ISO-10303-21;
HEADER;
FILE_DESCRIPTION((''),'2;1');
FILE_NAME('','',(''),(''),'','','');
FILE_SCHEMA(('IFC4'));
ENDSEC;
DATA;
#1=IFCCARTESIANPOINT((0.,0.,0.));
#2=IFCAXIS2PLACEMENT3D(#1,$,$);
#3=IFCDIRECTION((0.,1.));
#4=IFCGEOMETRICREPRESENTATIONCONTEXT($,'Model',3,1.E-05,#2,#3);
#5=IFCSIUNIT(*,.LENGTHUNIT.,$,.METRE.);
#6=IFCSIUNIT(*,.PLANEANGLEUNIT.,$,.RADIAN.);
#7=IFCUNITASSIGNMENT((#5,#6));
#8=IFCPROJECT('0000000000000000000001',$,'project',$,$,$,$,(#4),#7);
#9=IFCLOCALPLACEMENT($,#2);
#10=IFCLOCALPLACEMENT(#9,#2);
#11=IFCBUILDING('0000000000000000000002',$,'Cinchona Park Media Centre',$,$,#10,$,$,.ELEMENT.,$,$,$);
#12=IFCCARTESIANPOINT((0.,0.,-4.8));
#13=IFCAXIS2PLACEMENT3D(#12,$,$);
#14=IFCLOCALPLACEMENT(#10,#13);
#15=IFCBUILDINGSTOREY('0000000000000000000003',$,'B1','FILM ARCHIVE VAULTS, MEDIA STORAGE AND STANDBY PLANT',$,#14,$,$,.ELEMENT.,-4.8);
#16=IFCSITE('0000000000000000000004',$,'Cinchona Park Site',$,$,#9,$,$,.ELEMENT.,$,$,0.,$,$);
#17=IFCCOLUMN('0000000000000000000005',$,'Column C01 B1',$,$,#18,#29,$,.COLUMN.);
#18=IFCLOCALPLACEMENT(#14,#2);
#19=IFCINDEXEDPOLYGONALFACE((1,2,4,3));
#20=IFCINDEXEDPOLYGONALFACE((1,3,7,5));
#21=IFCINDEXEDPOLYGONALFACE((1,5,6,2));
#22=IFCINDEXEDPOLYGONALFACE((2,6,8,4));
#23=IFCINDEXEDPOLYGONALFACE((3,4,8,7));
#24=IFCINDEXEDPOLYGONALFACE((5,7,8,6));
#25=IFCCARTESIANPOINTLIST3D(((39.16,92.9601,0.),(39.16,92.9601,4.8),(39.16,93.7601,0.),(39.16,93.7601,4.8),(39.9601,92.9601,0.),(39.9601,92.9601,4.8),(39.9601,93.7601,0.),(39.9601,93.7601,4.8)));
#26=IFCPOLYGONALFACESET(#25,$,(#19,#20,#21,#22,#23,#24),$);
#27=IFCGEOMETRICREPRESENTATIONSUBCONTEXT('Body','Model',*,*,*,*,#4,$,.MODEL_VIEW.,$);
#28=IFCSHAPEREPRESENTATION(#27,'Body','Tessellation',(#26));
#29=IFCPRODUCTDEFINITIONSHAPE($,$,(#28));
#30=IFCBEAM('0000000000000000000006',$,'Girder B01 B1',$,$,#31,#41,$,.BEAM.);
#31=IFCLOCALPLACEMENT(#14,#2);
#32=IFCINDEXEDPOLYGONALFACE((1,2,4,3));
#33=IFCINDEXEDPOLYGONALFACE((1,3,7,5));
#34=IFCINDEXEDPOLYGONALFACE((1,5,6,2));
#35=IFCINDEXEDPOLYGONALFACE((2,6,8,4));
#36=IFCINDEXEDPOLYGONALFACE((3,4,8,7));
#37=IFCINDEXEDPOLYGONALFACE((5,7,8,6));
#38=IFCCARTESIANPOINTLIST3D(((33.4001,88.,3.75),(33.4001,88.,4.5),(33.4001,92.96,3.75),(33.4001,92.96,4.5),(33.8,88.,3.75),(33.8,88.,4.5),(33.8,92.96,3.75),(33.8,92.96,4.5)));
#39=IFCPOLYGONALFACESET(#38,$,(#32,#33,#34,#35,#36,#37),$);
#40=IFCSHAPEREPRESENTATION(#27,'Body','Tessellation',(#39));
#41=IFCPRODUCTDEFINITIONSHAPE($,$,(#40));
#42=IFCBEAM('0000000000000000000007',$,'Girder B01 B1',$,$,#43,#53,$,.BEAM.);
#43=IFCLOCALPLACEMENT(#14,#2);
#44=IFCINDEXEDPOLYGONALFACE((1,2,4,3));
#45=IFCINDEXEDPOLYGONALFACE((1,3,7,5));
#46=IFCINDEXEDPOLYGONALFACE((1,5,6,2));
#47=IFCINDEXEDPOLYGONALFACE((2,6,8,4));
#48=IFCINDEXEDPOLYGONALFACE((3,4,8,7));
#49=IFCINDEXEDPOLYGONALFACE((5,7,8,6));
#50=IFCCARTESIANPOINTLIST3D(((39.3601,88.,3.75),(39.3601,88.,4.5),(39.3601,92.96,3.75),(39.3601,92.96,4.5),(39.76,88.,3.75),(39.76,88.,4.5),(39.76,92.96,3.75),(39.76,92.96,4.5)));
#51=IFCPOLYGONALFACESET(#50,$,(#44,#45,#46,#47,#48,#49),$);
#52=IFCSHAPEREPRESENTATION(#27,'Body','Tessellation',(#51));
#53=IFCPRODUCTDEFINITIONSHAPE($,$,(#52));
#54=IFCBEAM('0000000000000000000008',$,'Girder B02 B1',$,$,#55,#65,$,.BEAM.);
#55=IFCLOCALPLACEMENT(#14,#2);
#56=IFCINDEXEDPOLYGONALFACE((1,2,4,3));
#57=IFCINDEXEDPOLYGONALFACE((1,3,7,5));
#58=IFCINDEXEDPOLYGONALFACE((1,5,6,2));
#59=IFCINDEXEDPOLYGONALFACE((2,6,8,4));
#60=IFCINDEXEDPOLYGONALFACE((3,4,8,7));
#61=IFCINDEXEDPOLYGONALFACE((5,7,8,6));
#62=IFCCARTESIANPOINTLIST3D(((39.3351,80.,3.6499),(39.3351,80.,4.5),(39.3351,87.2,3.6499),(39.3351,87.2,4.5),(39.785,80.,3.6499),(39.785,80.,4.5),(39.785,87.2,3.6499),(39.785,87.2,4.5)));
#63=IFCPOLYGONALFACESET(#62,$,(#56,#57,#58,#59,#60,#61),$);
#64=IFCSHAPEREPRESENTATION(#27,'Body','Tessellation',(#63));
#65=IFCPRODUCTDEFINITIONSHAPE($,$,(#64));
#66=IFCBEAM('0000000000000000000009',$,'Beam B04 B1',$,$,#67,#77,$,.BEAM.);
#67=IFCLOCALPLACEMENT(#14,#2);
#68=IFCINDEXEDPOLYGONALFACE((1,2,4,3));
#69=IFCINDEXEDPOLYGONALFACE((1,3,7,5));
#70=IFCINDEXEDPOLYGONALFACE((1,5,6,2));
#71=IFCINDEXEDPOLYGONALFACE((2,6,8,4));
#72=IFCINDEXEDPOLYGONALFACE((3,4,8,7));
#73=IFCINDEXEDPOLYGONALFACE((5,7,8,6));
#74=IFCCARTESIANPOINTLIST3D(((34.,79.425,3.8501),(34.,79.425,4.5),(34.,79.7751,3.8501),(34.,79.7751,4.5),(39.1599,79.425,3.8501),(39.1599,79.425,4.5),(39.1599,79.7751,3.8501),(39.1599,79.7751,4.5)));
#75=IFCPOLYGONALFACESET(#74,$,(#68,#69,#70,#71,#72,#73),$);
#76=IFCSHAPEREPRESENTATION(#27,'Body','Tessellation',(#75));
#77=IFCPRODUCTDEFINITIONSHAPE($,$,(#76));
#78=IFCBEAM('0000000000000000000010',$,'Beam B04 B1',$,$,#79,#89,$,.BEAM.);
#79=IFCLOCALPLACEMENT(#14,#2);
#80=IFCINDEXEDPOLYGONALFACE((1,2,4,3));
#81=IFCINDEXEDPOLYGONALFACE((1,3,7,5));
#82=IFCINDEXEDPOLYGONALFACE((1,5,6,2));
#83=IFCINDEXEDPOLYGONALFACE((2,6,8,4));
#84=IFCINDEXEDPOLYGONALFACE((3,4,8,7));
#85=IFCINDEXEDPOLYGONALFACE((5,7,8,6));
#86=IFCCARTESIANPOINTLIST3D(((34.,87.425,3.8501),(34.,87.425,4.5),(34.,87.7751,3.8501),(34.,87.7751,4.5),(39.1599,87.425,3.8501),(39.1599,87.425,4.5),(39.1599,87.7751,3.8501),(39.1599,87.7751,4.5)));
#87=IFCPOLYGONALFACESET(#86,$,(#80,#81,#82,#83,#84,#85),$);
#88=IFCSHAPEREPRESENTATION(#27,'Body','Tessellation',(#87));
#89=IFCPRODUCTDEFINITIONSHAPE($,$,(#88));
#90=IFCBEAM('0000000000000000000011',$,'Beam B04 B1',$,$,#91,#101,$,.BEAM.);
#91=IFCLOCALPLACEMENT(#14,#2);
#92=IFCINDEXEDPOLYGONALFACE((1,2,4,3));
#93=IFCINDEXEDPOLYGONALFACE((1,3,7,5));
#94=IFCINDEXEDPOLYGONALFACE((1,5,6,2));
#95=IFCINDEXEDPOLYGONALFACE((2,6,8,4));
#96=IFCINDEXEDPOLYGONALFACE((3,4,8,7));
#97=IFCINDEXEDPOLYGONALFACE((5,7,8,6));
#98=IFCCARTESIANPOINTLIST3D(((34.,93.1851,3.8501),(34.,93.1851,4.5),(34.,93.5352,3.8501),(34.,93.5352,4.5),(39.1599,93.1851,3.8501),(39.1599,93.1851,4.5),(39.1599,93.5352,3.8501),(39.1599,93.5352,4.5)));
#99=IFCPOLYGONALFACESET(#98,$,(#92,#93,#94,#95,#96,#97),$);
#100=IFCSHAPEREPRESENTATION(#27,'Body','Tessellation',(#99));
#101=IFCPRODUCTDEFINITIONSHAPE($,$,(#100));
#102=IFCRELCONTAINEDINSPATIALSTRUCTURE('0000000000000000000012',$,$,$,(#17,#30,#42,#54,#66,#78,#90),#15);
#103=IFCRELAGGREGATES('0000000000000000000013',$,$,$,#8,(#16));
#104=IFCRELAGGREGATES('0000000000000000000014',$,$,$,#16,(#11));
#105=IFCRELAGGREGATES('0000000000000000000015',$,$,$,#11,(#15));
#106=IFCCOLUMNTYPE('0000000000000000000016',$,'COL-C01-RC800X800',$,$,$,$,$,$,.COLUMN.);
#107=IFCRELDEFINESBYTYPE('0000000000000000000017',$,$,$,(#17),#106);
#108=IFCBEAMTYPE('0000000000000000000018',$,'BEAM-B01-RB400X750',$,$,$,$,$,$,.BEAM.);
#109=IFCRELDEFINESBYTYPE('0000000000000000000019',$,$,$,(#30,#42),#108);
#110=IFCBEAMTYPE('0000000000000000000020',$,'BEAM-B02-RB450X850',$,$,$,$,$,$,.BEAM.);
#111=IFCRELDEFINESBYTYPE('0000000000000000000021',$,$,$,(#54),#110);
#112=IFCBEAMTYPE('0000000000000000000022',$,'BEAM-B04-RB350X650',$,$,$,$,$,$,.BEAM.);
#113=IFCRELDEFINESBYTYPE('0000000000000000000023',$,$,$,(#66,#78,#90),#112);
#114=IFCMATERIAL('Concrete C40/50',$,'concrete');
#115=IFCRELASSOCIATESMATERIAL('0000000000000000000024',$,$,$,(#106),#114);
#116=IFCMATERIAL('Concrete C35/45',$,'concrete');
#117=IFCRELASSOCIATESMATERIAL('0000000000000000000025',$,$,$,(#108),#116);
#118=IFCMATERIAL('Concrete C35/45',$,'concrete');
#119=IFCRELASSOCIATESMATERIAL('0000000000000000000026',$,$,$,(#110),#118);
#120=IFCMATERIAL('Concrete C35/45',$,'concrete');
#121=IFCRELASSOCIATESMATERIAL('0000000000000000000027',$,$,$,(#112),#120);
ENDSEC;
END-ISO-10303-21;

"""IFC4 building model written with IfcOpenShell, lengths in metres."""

from ifc_helpers import new_model, si_unit, direction, frame, origin, origin_2d, place, context, subcontext, project, spatial, rectangle, extrude, material, material_profile, profile_set, type_object, element, save


model = new_model("IFC4")

# Units and contexts
model_context = context("Model", 3, precision=1e-05, world=origin(), true_north=direction((0.0, 1.0)))
body_context = subcontext(model_context, "Body", "Model", "MODEL_VIEW")
ifc_project = project(units=[si_unit("LENGTHUNIT", "METRE"), si_unit("PLANEANGLEUNIT", "RADIAN")], contexts=[model_context])

# Site, building, storey
site_placement = place(None, origin())
site = spatial("IfcSite", under=ifc_project, at=site_placement, Name="Cinchona Park Site", CompositionType="ELEMENT", RefElevation=0.0)
building_placement = place(site_placement, origin())
building = spatial("IfcBuilding", under=site, at=building_placement, Name="Cinchona Park Media Centre", CompositionType="ELEMENT")
storey_placement = place(building_placement, frame((0.0, 0.0, -4.8)))
storey = spatial("IfcBuildingStorey", under=building, at=storey_placement, Name="B1", Description="FILM ARCHIVE VAULTS, MEDIA STORAGE AND STANDBY PLANT", CompositionType="ELEMENT", Elevation=-4.8)

# Column
ifc_material_1 = material(Name="Concrete C40/50", Category="concrete")
ifc_material_profile_1 = material_profile(ifc_material_1, rectangle(XDim=0.8, YDim=0.8, at=origin_2d()), Name="RC 800X800")
ifc_profile_set_1 = profile_set([ifc_material_profile_1], Name="Concrete C40/50")
column_type = type_object("IfcColumnType", Name="COL-C01-RC800X800", PredefinedType="COLUMN", material=ifc_profile_set_1)
for number, where, z_axis, x_axis, name in (
    (1, (39.5601, 93.3601, 0.0), (0.0, 0.0, 1.0), (1.0, 0.0, 0.0), "Column C01 B1"),
):
    element("IfcColumn", number, at=place(storey_placement, frame(where, z_axis=z_axis, x_axis=x_axis)), inside=storey, type_object=column_type, Name=name, PredefinedType="COLUMN", context=body_context, shape_type="SweptSolid", body=[
        extrude(rectangle(XDim=0.8, YDim=0.8, at=origin_2d()), origin(), (0.0, 0.0, 1.0), 4.8),
    ])

# Beams
ifc_material_2 = material(Name="Concrete C35/45", Category="concrete")
ifc_material_profile_2 = material_profile(ifc_material_2, rectangle(XDim=0.3999, YDim=0.75, at=origin_2d()), Name="RB 400X750")
ifc_profile_set_2 = profile_set([ifc_material_profile_2], Name="Concrete C35/45")
beam_type_1 = type_object("IfcBeamType", Name="BEAM-B01-RB400X750", PredefinedType="BEAM", material=ifc_profile_set_2)
for number, where, z_axis, x_axis, name in (
    (2, (33.6001, 88.0, 4.125), (0.0, 1.0, 0.0), (-1.0, 0.0, 0.0), "Girder B01 B1"),
    (3, (39.5601, 88.0, 4.125), (0.0, 1.0, 0.0), (-1.0, 0.0, 0.0), "Girder B01 B1"),
):
    element("IfcBeam", number, at=place(storey_placement, frame(where, z_axis=z_axis, x_axis=x_axis)), inside=storey, type_object=beam_type_1, Name=name, PredefinedType="BEAM", context=body_context, shape_type="SweptSolid", body=[
        extrude(rectangle(XDim=0.3999, YDim=0.75, at=origin_2d()), origin(), (0.0, 0.0, 1.0), 4.96),
    ])
ifc_material_3 = material(Name="Concrete C35/45", Category="concrete")
ifc_material_profile_3 = material_profile(ifc_material_3, rectangle(XDim=0.45, YDim=0.8501, at=origin_2d()), Name="RB 450X850")
ifc_profile_set_3 = profile_set([ifc_material_profile_3], Name="Concrete C35/45")
beam_type_2 = type_object("IfcBeamType", Name="BEAM-B02-RB450X850", PredefinedType="BEAM", material=ifc_profile_set_3)
beam_placement = place(storey_placement, frame((39.5601, 80.0, 4.075), z_axis=(0.0, 1.0, 0.0), x_axis=(-1.0, 0.0, 0.0)))
element("IfcBeam", 4, at=beam_placement, inside=storey, type_object=beam_type_2, Name="Girder B02 B1", PredefinedType="BEAM", context=body_context, shape_type="SweptSolid", body=[
    extrude(rectangle(XDim=0.45, YDim=0.8501, at=origin_2d()), origin(), (0.0, 0.0, 1.0), 7.2),
])
ifc_material_4 = material(Name="Concrete C35/45", Category="concrete")
ifc_material_profile_4 = material_profile(ifc_material_4, rectangle(XDim=0.3501, YDim=0.6499, at=origin_2d()), Name="RB 350X650")
ifc_profile_set_4 = profile_set([ifc_material_profile_4], Name="Concrete C35/45")
beam_type_3 = type_object("IfcBeamType", Name="BEAM-B04-RB350X650", PredefinedType="BEAM", material=ifc_profile_set_4)
for number, where, z_axis, x_axis, name in (
    (5, (34.0, 79.6001, 4.175), (1.0, 0.0, 0.0), (0.0, 1.0, 0.0), "Beam B04 B1"),
    (6, (34.0, 87.6001, 4.175), (1.0, 0.0, 0.0), (0.0, 1.0, 0.0), "Beam B04 B1"),
    (7, (34.0, 93.3601, 4.175), (1.0, 0.0, 0.0), (0.0, 1.0, 0.0), "Beam B04 B1"),
):
    element("IfcBeam", number, at=place(storey_placement, frame(where, z_axis=z_axis, x_axis=x_axis)), inside=storey, type_object=beam_type_3, Name=name, PredefinedType="BEAM", context=body_context, shape_type="SweptSolid", body=[
        extrude(rectangle(XDim=0.3501, YDim=0.6499, at=origin_2d()), origin(), (0.0, 0.0, 1.0), 5.1599),
    ])

save(model, "model.ifc")
